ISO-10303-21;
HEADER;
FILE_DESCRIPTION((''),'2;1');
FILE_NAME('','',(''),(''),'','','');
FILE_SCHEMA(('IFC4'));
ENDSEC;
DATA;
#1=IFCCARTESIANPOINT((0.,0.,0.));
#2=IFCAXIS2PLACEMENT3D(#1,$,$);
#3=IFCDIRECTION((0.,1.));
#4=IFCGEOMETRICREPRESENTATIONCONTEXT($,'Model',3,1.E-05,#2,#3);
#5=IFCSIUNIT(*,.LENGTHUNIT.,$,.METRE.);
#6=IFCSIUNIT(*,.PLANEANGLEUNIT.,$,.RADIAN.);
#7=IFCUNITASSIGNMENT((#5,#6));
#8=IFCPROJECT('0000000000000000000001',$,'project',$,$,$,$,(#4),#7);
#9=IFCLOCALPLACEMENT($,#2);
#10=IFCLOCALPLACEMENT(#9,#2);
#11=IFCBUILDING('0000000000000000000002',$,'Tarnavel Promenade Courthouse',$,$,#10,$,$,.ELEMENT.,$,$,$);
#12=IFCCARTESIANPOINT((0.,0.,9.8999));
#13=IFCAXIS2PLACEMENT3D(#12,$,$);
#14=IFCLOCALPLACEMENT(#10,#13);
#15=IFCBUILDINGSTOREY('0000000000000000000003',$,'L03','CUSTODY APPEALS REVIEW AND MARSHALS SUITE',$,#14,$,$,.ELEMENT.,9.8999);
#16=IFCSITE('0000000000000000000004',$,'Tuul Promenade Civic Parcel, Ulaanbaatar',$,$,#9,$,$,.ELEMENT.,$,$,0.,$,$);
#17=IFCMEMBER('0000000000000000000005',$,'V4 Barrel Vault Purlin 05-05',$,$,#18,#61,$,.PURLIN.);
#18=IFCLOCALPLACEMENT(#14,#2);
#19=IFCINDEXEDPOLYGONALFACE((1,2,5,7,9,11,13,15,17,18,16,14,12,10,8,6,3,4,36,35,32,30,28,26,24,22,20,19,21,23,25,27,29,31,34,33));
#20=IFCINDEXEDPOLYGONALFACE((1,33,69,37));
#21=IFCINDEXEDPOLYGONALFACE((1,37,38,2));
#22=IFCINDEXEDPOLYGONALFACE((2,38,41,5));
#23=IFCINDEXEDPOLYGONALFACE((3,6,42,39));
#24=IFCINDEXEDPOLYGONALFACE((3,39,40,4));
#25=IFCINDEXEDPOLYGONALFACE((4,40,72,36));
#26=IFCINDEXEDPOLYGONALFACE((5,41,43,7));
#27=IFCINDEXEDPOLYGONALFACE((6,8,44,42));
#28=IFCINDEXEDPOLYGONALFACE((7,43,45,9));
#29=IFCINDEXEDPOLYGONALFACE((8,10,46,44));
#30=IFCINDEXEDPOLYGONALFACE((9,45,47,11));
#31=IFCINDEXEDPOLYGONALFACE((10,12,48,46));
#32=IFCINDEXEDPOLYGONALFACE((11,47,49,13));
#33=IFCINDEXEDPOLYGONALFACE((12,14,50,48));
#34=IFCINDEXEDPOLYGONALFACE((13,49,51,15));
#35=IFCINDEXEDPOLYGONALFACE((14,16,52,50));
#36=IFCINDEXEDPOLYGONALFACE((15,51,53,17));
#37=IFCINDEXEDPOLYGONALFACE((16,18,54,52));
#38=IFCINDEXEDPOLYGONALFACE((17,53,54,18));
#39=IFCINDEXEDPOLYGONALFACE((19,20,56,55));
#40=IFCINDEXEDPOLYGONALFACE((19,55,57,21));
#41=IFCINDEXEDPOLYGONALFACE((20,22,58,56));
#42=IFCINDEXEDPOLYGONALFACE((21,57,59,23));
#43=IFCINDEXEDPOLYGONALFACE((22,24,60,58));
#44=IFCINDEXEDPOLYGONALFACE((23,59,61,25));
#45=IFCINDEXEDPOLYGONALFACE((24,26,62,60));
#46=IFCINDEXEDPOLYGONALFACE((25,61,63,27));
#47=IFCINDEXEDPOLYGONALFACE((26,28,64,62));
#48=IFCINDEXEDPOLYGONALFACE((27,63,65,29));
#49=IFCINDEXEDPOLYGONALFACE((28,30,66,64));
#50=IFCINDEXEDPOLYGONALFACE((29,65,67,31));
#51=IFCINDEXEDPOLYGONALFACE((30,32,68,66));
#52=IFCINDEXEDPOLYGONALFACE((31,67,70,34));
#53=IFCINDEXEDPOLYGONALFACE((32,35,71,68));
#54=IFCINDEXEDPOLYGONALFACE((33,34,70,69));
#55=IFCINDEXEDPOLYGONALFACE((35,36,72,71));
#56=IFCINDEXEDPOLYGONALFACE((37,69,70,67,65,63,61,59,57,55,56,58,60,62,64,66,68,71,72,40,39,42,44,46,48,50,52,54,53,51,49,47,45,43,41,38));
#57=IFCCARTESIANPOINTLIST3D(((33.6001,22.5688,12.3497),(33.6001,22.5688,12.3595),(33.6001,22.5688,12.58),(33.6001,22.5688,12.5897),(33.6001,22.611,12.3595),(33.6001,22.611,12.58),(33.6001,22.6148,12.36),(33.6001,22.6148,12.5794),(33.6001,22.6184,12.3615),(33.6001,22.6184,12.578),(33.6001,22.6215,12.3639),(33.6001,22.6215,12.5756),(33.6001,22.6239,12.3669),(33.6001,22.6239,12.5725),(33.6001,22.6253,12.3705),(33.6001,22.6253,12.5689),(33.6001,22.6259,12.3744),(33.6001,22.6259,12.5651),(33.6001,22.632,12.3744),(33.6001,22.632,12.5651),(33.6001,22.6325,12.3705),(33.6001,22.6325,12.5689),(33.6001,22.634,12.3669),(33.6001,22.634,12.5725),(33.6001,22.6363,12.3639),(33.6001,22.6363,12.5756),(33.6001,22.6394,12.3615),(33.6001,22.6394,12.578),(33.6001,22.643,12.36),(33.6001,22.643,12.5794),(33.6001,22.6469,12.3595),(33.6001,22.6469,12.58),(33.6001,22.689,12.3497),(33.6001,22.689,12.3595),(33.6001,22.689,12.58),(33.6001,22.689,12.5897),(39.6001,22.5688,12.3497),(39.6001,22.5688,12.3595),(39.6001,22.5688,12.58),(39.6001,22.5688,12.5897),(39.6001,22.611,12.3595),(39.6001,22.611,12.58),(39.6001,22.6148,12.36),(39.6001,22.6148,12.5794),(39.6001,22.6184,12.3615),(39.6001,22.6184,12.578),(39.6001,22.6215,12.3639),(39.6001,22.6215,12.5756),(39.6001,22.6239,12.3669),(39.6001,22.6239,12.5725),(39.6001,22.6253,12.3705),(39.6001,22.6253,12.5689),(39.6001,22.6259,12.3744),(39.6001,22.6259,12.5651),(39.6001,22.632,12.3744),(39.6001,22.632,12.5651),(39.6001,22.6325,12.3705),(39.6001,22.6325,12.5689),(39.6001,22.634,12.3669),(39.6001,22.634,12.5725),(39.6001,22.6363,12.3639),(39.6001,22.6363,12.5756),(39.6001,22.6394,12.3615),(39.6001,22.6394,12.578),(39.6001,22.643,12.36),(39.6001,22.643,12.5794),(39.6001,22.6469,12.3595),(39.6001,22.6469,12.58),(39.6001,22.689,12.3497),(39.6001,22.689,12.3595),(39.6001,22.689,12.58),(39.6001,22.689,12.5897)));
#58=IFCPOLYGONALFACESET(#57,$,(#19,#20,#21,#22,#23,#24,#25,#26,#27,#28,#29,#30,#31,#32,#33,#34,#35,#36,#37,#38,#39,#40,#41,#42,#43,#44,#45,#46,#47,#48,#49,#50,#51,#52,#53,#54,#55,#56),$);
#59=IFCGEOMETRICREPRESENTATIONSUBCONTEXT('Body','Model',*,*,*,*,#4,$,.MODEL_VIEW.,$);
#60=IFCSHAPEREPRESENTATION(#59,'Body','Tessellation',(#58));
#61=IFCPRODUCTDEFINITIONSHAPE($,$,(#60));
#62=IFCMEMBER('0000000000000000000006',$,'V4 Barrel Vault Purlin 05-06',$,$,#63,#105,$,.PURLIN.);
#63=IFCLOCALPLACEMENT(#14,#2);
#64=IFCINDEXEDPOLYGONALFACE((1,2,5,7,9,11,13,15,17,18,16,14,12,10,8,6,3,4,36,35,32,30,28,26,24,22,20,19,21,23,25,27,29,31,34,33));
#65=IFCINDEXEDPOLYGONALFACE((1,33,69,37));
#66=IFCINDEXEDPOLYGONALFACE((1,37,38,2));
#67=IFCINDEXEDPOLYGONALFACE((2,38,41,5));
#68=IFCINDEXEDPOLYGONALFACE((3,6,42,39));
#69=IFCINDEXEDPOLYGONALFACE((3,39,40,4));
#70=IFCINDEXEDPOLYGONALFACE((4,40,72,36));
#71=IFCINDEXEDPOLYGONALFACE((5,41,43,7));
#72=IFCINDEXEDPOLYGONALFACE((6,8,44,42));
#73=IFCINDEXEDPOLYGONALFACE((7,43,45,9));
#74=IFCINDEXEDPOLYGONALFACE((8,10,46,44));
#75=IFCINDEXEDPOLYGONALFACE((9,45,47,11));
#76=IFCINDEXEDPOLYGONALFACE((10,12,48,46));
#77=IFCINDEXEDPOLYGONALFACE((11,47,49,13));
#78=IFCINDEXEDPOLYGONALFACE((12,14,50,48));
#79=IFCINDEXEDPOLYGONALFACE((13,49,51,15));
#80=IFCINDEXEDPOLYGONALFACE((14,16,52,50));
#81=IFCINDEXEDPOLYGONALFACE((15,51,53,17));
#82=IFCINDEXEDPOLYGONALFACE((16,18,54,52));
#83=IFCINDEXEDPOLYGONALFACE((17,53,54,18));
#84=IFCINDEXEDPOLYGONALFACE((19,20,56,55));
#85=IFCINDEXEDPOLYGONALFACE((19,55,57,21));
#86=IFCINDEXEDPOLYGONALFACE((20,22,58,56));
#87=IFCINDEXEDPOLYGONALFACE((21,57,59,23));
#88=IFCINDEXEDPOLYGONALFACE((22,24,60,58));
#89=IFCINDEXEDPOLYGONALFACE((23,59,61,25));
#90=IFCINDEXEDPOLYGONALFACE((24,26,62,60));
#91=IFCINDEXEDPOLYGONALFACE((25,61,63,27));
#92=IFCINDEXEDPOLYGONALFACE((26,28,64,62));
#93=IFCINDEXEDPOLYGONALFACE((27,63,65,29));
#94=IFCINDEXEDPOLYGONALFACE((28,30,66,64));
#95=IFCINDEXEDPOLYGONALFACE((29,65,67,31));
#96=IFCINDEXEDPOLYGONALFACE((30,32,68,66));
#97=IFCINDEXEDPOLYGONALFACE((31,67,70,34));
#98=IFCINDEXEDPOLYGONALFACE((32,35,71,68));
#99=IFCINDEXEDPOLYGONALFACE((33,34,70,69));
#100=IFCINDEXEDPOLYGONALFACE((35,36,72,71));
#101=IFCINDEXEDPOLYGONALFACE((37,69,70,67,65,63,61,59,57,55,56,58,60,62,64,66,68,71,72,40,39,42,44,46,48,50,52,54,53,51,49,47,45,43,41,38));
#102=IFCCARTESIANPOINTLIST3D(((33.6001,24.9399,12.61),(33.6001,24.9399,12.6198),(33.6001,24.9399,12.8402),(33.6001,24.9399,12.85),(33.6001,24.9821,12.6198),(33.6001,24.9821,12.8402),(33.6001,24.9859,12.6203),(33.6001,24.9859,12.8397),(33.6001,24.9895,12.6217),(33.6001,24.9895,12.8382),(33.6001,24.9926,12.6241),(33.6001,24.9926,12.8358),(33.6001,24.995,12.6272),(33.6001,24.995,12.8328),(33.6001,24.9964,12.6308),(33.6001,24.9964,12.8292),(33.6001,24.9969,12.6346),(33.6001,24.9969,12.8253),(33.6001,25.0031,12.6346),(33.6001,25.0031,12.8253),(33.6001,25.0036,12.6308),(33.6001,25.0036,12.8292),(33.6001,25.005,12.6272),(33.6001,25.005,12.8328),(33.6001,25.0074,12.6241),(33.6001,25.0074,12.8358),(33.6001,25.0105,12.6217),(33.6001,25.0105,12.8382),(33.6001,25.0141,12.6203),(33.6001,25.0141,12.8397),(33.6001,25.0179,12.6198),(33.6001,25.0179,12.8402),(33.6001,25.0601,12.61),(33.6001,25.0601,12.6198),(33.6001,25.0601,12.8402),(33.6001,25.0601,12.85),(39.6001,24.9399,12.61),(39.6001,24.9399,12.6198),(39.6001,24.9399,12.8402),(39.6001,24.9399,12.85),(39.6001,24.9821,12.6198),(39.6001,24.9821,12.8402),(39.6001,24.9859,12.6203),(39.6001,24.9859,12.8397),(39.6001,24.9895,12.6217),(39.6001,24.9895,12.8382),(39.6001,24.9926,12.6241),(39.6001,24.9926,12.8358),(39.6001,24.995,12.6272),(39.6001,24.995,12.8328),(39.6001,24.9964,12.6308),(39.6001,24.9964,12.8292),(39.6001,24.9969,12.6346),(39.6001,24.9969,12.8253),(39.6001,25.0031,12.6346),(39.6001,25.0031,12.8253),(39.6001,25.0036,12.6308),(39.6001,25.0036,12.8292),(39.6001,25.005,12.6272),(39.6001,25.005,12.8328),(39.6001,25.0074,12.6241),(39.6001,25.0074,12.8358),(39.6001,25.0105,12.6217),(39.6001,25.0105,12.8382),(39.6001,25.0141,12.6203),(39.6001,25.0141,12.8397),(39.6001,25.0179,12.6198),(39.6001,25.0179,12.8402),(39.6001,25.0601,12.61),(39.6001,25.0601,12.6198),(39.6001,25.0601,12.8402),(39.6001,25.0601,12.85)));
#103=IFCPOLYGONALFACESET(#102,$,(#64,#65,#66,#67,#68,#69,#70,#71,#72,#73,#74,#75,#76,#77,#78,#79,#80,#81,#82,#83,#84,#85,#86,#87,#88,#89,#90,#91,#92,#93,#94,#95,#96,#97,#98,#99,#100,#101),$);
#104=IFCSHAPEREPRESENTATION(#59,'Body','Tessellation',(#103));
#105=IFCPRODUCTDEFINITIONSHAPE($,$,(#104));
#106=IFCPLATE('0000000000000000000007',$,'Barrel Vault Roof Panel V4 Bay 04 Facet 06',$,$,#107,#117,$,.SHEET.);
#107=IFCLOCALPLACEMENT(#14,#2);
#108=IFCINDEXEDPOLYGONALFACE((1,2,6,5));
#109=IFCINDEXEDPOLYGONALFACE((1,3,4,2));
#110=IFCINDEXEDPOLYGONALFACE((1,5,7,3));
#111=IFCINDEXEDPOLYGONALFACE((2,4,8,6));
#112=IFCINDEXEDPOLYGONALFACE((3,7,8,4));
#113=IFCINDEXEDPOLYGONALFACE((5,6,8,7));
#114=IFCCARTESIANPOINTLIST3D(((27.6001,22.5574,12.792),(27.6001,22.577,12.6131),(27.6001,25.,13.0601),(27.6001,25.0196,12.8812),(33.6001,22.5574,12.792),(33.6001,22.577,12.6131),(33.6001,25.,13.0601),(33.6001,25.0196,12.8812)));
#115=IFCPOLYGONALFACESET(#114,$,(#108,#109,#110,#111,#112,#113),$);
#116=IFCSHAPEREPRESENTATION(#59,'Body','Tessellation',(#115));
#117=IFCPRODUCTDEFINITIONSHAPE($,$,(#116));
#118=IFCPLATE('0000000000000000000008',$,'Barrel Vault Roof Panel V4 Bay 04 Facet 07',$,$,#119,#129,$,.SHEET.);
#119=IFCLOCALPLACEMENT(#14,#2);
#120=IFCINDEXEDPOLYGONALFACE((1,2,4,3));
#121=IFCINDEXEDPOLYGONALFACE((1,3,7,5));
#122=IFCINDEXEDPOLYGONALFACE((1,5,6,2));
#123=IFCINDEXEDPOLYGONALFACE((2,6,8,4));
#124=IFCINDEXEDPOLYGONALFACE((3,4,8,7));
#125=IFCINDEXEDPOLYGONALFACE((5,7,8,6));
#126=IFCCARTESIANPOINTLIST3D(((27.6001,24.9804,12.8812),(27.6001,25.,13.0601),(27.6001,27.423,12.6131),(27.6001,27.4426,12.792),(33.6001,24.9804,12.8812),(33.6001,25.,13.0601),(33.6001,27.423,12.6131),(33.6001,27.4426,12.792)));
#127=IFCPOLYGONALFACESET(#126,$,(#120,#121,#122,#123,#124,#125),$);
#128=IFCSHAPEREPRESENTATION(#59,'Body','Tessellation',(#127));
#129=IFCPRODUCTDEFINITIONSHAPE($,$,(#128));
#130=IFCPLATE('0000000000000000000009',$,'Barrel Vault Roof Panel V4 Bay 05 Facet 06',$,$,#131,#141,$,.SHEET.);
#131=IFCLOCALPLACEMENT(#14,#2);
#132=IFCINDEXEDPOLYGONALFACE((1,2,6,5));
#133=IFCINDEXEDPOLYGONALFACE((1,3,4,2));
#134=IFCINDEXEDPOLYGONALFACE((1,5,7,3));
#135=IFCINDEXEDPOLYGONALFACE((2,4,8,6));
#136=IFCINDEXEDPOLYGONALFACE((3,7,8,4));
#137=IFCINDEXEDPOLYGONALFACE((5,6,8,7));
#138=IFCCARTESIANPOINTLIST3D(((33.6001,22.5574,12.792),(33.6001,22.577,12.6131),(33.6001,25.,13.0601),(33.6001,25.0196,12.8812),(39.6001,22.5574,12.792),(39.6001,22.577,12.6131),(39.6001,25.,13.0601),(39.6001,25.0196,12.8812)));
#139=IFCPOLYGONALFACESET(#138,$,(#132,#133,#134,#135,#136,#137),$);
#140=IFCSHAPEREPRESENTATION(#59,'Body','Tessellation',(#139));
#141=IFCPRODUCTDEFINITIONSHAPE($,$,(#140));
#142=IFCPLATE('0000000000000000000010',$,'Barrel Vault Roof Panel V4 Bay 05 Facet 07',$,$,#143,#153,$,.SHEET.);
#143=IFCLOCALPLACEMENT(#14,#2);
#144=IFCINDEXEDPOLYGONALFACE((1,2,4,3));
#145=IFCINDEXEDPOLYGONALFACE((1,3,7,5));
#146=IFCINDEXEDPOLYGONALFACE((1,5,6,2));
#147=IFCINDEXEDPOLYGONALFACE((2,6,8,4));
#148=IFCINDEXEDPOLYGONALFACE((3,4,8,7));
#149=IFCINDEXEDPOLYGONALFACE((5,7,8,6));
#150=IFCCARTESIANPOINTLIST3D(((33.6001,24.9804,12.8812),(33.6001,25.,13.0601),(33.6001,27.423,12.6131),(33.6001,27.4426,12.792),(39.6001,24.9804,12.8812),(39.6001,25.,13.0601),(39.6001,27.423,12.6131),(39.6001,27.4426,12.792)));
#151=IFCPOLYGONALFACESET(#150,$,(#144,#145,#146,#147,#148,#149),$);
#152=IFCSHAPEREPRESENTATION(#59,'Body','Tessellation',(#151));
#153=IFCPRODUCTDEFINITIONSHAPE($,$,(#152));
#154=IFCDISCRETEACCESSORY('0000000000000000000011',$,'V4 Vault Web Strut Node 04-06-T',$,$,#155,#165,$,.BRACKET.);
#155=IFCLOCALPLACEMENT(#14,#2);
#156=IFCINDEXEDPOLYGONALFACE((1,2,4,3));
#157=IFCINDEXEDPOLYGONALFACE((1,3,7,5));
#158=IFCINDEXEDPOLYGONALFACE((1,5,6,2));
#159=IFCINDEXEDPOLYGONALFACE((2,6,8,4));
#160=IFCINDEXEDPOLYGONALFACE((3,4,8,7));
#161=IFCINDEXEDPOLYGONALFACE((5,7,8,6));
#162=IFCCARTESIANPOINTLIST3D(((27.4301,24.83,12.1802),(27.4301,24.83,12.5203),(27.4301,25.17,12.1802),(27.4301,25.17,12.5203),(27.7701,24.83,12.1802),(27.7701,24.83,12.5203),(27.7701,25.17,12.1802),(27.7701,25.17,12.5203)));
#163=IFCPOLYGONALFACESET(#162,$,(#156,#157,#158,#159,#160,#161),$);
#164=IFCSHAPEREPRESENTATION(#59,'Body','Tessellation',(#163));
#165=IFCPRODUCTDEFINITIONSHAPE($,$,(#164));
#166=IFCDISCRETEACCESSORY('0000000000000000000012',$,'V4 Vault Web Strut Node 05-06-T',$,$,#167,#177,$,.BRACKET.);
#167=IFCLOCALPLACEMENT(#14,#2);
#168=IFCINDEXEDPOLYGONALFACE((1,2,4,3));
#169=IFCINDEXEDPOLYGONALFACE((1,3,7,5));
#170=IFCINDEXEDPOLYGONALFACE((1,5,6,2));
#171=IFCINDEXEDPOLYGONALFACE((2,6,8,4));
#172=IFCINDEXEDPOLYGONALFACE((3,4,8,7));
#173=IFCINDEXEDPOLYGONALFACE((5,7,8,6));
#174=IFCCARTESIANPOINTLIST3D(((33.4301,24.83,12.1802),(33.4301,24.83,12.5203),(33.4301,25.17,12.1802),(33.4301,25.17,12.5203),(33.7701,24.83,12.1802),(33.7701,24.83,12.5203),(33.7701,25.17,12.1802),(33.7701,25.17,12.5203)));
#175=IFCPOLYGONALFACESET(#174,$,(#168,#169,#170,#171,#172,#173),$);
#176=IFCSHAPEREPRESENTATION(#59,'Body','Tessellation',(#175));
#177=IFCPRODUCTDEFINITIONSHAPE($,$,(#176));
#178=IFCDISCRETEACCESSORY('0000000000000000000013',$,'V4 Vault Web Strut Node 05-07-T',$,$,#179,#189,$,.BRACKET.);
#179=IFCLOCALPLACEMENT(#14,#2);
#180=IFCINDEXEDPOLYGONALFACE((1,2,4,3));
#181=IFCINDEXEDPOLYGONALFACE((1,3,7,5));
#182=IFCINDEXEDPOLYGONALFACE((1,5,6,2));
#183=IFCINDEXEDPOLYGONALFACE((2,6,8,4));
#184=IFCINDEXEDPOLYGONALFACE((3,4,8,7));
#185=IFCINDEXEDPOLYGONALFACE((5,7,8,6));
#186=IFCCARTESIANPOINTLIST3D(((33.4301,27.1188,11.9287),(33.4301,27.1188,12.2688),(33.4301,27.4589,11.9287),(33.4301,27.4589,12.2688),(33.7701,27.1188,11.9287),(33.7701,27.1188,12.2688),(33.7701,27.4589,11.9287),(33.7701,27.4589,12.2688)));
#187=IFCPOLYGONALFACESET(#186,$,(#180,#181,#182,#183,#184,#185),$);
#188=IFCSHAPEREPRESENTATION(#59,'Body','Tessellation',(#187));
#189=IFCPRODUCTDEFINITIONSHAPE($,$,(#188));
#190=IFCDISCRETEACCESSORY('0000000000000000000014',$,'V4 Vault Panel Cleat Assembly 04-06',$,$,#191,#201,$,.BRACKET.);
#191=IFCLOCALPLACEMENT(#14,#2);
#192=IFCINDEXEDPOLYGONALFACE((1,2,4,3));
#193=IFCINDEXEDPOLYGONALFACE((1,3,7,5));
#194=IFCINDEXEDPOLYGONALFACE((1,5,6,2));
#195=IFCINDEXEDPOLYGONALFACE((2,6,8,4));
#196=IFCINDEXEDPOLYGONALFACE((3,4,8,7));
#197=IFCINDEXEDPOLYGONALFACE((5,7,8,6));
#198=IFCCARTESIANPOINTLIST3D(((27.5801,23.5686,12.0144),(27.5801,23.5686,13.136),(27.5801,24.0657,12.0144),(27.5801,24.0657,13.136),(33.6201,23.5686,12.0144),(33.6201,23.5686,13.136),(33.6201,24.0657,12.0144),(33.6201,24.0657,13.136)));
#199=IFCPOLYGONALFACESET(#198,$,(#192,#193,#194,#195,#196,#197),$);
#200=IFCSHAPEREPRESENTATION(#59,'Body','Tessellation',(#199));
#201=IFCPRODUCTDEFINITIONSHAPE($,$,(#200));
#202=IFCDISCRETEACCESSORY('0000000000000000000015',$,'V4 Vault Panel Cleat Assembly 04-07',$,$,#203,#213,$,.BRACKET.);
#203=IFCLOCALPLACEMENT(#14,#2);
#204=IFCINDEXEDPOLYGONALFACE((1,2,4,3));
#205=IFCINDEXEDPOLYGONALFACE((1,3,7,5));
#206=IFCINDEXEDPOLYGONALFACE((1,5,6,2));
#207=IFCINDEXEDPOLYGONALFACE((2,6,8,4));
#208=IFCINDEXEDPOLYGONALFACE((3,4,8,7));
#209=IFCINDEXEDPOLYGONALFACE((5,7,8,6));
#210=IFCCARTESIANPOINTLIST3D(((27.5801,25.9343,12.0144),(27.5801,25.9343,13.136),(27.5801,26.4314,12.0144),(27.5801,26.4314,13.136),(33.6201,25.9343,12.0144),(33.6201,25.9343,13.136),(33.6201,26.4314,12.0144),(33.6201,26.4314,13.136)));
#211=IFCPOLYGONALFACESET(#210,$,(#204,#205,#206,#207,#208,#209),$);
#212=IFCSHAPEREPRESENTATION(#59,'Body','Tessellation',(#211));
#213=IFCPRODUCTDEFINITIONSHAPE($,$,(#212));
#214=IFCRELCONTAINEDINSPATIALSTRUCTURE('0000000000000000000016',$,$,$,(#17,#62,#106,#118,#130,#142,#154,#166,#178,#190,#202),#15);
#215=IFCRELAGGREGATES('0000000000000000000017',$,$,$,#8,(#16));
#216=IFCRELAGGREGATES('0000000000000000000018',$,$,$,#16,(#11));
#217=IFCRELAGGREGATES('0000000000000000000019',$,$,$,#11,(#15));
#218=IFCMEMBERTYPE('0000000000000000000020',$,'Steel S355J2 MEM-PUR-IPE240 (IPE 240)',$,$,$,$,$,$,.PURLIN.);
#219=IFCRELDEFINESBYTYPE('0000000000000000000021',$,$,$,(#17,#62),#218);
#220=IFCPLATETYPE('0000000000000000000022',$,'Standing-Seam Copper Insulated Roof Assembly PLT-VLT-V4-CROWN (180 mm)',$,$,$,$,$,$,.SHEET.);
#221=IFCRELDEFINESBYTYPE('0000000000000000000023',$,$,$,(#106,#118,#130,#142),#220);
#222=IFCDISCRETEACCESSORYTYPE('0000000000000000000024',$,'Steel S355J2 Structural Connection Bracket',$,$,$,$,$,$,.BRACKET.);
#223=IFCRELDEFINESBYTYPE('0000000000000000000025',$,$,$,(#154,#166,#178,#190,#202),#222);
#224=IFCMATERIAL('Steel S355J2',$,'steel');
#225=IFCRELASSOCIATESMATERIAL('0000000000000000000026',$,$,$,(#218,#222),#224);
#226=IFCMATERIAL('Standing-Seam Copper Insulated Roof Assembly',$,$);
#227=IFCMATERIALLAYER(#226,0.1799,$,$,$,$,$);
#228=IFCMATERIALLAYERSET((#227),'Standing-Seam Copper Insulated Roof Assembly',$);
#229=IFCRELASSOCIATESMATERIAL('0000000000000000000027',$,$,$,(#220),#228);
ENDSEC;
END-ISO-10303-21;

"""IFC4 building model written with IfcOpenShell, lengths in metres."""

from ifc_helpers import new_model, si_unit, direction, frame, origin, origin_2d, place, context, subcontext, project, spatial, polyline, rectangle, i_section, outline, extrude, material, layer, layer_set, material_profile, profile_set, type_object, element, save


model = new_model("IFC4")

# Units and contexts
model_context = context("Model", 3, precision=1e-05, world=origin(), true_north=direction((0.0, 1.0)))
body_context = subcontext(model_context, "Body", "Model", "MODEL_VIEW")
ifc_project = project(units=[si_unit("LENGTHUNIT", "METRE"), si_unit("PLANEANGLEUNIT", "RADIAN")], contexts=[model_context])

# Site, building, storey
site_placement = place(None, origin())
site = spatial("IfcSite", under=ifc_project, at=site_placement, Name="Tuul Promenade Civic Parcel, Ulaanbaatar", CompositionType="ELEMENT", RefElevation=0.0)
building_placement = place(site_placement, origin())
building = spatial("IfcBuilding", under=site, at=building_placement, Name="Tarnavel Promenade Courthouse", CompositionType="ELEMENT")
storey_placement = place(building_placement, frame((0.0, 0.0, 9.8999)))
storey = spatial("IfcBuildingStorey", under=building, at=storey_placement, Name="L03", Description="CUSTODY APPEALS REVIEW AND MARSHALS SUITE", CompositionType="ELEMENT", Elevation=9.8999)

# Shared definitions
ifc_material_1 = material(Name="Steel S355J2", Category="steel")

# Members
ifc_material_profile_1 = material_profile(ifc_material_1, i_section(OverallWidth=0.1201, OverallDepth=0.24, WebThickness=0.0061, FlangeThickness=0.0098, FilletRadius=0.0149, at=origin_2d()), Name="IPE 240")
ifc_profile_set_1 = profile_set([ifc_material_profile_1], Name="Steel S355J2")
member_type = type_object("IfcMemberType", Name="Steel S355J2 MEM-PUR-IPE240 (IPE 240)", PredefinedType="PURLIN", material=ifc_profile_set_1)
for number, where, z_axis, x_axis, name in (
    (1, (33.6001, 22.6289, 12.4697), (1.0, 0.0, 0.0), (0.0, 1.0, 0.0), "V4 Barrel Vault Purlin 05-05"),
    (2, (33.6001, 25.0, 12.73), (1.0, 0.0, 0.0), (0.0, 1.0, 0.0), "V4 Barrel Vault Purlin 05-06"),
):
    element("IfcMember", number, at=place(storey_placement, frame(where, z_axis=z_axis, x_axis=x_axis)), inside=storey, type_object=member_type, Name=name, PredefinedType="PURLIN", context=body_context, shape_type="SweptSolid", body=[
        extrude(i_section(OverallWidth=0.1201, OverallDepth=0.24, WebThickness=0.0061, FlangeThickness=0.0098, FilletRadius=0.0149, at=origin_2d()), origin(), (0.0, 0.0, 1.0), 6.0),
    ])

# Plates
ifc_material_2 = material(Name="Standing-Seam Copper Insulated Roof Assembly")
ifc_layer = layer(ifc_material_2, 0.1799)
ifc_layer_set = layer_set([ifc_layer], Name="Standing-Seam Copper Insulated Roof Assembly")
plate_type = type_object("IfcPlateType", Name="Standing-Seam Copper Insulated Roof Assembly PLT-VLT-V4-CROWN (180 mm)", PredefinedType="SHEET", material=ifc_layer_set)
for number, where, z_axis, x_axis, name in (
    (3, (27.6001, 22.5574, 12.792), (0.0, -0.10909, 0.994032), (1.0, 0.0, 0.0), "Barrel Vault Roof Panel V4 Bay 04 Facet 06"),
    (4, (27.6001, 25.0, 13.0601), (0.0, 0.10909, 0.994032), (1.0, 0.0, 0.0), "Barrel Vault Roof Panel V4 Bay 04 Facet 07"),
    (5, (33.6001, 22.5574, 12.792), (0.0, -0.10909, 0.994032), (1.0, 0.0, 0.0), "Barrel Vault Roof Panel V4 Bay 05 Facet 06"),
    (6, (33.6001, 25.0, 13.0601), (0.0, 0.10909, 0.994032), (1.0, 0.0, 0.0), "Barrel Vault Roof Panel V4 Bay 05 Facet 07"),
):
    element("IfcPlate", number, at=place(storey_placement, frame(where, z_axis=z_axis, x_axis=x_axis)), inside=storey, type_object=plate_type, Name=name, PredefinedType="SHEET", context=body_context, shape_type="SweptSolid", body=[
        extrude(outline(polyline([(0.0, 0.0), (6.0, 0.0), (6.0, 2.4573), (0.0, 2.4573), (0.0, 0.0)])), origin(), (0.0, 0.0, -1.0), 0.1799),
    ])

# Discrete accessories
discrete_accessory_type = type_object("IfcDiscreteAccessoryType", Name="Steel S355J2 Structural Connection Bracket", PredefinedType="BRACKET", material=ifc_material_1)
for number, where, z_axis, x_axis, name in (
    (7, (27.6001, 25.0, 12.1802), (0.0, 0.0, 1.0), (1.0, 0.0, 0.0), "V4 Vault Web Strut Node 04-06-T"),
    (8, (33.6001, 25.0, 12.1802), (0.0, 0.0, 1.0), (1.0, 0.0, 0.0), "V4 Vault Web Strut Node 05-06-T"),
    (9, (33.6001, 27.2888, 11.9287), (0.0, 0.0, 1.0), (1.0, 0.0, 0.0), "V4 Vault Web Strut Node 05-07-T"),
):
    element("IfcDiscreteAccessory", number, at=place(storey_placement, frame(where, z_axis=z_axis, x_axis=x_axis)), inside=storey, type_object=discrete_accessory_type, Name=name, PredefinedType="BRACKET", context=body_context, shape_type="SweptSolid", body=[
        extrude(rectangle(XDim=0.3401, YDim=0.3401, at=origin_2d()), origin(), (0.0, 0.0, 1.0), 0.3401),
    ])
for number, where, z_axis, x_axis, name in (
    (10, (30.6001, 23.8171, 12.0144), (0.0, 0.0, 1.0), (1.0, 0.0, 0.0), "V4 Vault Panel Cleat Assembly 04-06"),
    (11, (30.6001, 26.1829, 12.0144), (0.0, 0.0, 1.0), (1.0, 0.0, 0.0), "V4 Vault Panel Cleat Assembly 04-07"),
):
    element("IfcDiscreteAccessory", number, at=place(storey_placement, frame(where, z_axis=z_axis, x_axis=x_axis)), inside=storey, type_object=discrete_accessory_type, Name=name, PredefinedType="BRACKET", context=body_context, shape_type="SweptSolid", body=[
        extrude(rectangle(XDim=6.04, YDim=0.4971, at=origin_2d()), origin(), (0.0, 0.0, 1.0), 1.1216),
    ])

save(model, "model.ifc")
